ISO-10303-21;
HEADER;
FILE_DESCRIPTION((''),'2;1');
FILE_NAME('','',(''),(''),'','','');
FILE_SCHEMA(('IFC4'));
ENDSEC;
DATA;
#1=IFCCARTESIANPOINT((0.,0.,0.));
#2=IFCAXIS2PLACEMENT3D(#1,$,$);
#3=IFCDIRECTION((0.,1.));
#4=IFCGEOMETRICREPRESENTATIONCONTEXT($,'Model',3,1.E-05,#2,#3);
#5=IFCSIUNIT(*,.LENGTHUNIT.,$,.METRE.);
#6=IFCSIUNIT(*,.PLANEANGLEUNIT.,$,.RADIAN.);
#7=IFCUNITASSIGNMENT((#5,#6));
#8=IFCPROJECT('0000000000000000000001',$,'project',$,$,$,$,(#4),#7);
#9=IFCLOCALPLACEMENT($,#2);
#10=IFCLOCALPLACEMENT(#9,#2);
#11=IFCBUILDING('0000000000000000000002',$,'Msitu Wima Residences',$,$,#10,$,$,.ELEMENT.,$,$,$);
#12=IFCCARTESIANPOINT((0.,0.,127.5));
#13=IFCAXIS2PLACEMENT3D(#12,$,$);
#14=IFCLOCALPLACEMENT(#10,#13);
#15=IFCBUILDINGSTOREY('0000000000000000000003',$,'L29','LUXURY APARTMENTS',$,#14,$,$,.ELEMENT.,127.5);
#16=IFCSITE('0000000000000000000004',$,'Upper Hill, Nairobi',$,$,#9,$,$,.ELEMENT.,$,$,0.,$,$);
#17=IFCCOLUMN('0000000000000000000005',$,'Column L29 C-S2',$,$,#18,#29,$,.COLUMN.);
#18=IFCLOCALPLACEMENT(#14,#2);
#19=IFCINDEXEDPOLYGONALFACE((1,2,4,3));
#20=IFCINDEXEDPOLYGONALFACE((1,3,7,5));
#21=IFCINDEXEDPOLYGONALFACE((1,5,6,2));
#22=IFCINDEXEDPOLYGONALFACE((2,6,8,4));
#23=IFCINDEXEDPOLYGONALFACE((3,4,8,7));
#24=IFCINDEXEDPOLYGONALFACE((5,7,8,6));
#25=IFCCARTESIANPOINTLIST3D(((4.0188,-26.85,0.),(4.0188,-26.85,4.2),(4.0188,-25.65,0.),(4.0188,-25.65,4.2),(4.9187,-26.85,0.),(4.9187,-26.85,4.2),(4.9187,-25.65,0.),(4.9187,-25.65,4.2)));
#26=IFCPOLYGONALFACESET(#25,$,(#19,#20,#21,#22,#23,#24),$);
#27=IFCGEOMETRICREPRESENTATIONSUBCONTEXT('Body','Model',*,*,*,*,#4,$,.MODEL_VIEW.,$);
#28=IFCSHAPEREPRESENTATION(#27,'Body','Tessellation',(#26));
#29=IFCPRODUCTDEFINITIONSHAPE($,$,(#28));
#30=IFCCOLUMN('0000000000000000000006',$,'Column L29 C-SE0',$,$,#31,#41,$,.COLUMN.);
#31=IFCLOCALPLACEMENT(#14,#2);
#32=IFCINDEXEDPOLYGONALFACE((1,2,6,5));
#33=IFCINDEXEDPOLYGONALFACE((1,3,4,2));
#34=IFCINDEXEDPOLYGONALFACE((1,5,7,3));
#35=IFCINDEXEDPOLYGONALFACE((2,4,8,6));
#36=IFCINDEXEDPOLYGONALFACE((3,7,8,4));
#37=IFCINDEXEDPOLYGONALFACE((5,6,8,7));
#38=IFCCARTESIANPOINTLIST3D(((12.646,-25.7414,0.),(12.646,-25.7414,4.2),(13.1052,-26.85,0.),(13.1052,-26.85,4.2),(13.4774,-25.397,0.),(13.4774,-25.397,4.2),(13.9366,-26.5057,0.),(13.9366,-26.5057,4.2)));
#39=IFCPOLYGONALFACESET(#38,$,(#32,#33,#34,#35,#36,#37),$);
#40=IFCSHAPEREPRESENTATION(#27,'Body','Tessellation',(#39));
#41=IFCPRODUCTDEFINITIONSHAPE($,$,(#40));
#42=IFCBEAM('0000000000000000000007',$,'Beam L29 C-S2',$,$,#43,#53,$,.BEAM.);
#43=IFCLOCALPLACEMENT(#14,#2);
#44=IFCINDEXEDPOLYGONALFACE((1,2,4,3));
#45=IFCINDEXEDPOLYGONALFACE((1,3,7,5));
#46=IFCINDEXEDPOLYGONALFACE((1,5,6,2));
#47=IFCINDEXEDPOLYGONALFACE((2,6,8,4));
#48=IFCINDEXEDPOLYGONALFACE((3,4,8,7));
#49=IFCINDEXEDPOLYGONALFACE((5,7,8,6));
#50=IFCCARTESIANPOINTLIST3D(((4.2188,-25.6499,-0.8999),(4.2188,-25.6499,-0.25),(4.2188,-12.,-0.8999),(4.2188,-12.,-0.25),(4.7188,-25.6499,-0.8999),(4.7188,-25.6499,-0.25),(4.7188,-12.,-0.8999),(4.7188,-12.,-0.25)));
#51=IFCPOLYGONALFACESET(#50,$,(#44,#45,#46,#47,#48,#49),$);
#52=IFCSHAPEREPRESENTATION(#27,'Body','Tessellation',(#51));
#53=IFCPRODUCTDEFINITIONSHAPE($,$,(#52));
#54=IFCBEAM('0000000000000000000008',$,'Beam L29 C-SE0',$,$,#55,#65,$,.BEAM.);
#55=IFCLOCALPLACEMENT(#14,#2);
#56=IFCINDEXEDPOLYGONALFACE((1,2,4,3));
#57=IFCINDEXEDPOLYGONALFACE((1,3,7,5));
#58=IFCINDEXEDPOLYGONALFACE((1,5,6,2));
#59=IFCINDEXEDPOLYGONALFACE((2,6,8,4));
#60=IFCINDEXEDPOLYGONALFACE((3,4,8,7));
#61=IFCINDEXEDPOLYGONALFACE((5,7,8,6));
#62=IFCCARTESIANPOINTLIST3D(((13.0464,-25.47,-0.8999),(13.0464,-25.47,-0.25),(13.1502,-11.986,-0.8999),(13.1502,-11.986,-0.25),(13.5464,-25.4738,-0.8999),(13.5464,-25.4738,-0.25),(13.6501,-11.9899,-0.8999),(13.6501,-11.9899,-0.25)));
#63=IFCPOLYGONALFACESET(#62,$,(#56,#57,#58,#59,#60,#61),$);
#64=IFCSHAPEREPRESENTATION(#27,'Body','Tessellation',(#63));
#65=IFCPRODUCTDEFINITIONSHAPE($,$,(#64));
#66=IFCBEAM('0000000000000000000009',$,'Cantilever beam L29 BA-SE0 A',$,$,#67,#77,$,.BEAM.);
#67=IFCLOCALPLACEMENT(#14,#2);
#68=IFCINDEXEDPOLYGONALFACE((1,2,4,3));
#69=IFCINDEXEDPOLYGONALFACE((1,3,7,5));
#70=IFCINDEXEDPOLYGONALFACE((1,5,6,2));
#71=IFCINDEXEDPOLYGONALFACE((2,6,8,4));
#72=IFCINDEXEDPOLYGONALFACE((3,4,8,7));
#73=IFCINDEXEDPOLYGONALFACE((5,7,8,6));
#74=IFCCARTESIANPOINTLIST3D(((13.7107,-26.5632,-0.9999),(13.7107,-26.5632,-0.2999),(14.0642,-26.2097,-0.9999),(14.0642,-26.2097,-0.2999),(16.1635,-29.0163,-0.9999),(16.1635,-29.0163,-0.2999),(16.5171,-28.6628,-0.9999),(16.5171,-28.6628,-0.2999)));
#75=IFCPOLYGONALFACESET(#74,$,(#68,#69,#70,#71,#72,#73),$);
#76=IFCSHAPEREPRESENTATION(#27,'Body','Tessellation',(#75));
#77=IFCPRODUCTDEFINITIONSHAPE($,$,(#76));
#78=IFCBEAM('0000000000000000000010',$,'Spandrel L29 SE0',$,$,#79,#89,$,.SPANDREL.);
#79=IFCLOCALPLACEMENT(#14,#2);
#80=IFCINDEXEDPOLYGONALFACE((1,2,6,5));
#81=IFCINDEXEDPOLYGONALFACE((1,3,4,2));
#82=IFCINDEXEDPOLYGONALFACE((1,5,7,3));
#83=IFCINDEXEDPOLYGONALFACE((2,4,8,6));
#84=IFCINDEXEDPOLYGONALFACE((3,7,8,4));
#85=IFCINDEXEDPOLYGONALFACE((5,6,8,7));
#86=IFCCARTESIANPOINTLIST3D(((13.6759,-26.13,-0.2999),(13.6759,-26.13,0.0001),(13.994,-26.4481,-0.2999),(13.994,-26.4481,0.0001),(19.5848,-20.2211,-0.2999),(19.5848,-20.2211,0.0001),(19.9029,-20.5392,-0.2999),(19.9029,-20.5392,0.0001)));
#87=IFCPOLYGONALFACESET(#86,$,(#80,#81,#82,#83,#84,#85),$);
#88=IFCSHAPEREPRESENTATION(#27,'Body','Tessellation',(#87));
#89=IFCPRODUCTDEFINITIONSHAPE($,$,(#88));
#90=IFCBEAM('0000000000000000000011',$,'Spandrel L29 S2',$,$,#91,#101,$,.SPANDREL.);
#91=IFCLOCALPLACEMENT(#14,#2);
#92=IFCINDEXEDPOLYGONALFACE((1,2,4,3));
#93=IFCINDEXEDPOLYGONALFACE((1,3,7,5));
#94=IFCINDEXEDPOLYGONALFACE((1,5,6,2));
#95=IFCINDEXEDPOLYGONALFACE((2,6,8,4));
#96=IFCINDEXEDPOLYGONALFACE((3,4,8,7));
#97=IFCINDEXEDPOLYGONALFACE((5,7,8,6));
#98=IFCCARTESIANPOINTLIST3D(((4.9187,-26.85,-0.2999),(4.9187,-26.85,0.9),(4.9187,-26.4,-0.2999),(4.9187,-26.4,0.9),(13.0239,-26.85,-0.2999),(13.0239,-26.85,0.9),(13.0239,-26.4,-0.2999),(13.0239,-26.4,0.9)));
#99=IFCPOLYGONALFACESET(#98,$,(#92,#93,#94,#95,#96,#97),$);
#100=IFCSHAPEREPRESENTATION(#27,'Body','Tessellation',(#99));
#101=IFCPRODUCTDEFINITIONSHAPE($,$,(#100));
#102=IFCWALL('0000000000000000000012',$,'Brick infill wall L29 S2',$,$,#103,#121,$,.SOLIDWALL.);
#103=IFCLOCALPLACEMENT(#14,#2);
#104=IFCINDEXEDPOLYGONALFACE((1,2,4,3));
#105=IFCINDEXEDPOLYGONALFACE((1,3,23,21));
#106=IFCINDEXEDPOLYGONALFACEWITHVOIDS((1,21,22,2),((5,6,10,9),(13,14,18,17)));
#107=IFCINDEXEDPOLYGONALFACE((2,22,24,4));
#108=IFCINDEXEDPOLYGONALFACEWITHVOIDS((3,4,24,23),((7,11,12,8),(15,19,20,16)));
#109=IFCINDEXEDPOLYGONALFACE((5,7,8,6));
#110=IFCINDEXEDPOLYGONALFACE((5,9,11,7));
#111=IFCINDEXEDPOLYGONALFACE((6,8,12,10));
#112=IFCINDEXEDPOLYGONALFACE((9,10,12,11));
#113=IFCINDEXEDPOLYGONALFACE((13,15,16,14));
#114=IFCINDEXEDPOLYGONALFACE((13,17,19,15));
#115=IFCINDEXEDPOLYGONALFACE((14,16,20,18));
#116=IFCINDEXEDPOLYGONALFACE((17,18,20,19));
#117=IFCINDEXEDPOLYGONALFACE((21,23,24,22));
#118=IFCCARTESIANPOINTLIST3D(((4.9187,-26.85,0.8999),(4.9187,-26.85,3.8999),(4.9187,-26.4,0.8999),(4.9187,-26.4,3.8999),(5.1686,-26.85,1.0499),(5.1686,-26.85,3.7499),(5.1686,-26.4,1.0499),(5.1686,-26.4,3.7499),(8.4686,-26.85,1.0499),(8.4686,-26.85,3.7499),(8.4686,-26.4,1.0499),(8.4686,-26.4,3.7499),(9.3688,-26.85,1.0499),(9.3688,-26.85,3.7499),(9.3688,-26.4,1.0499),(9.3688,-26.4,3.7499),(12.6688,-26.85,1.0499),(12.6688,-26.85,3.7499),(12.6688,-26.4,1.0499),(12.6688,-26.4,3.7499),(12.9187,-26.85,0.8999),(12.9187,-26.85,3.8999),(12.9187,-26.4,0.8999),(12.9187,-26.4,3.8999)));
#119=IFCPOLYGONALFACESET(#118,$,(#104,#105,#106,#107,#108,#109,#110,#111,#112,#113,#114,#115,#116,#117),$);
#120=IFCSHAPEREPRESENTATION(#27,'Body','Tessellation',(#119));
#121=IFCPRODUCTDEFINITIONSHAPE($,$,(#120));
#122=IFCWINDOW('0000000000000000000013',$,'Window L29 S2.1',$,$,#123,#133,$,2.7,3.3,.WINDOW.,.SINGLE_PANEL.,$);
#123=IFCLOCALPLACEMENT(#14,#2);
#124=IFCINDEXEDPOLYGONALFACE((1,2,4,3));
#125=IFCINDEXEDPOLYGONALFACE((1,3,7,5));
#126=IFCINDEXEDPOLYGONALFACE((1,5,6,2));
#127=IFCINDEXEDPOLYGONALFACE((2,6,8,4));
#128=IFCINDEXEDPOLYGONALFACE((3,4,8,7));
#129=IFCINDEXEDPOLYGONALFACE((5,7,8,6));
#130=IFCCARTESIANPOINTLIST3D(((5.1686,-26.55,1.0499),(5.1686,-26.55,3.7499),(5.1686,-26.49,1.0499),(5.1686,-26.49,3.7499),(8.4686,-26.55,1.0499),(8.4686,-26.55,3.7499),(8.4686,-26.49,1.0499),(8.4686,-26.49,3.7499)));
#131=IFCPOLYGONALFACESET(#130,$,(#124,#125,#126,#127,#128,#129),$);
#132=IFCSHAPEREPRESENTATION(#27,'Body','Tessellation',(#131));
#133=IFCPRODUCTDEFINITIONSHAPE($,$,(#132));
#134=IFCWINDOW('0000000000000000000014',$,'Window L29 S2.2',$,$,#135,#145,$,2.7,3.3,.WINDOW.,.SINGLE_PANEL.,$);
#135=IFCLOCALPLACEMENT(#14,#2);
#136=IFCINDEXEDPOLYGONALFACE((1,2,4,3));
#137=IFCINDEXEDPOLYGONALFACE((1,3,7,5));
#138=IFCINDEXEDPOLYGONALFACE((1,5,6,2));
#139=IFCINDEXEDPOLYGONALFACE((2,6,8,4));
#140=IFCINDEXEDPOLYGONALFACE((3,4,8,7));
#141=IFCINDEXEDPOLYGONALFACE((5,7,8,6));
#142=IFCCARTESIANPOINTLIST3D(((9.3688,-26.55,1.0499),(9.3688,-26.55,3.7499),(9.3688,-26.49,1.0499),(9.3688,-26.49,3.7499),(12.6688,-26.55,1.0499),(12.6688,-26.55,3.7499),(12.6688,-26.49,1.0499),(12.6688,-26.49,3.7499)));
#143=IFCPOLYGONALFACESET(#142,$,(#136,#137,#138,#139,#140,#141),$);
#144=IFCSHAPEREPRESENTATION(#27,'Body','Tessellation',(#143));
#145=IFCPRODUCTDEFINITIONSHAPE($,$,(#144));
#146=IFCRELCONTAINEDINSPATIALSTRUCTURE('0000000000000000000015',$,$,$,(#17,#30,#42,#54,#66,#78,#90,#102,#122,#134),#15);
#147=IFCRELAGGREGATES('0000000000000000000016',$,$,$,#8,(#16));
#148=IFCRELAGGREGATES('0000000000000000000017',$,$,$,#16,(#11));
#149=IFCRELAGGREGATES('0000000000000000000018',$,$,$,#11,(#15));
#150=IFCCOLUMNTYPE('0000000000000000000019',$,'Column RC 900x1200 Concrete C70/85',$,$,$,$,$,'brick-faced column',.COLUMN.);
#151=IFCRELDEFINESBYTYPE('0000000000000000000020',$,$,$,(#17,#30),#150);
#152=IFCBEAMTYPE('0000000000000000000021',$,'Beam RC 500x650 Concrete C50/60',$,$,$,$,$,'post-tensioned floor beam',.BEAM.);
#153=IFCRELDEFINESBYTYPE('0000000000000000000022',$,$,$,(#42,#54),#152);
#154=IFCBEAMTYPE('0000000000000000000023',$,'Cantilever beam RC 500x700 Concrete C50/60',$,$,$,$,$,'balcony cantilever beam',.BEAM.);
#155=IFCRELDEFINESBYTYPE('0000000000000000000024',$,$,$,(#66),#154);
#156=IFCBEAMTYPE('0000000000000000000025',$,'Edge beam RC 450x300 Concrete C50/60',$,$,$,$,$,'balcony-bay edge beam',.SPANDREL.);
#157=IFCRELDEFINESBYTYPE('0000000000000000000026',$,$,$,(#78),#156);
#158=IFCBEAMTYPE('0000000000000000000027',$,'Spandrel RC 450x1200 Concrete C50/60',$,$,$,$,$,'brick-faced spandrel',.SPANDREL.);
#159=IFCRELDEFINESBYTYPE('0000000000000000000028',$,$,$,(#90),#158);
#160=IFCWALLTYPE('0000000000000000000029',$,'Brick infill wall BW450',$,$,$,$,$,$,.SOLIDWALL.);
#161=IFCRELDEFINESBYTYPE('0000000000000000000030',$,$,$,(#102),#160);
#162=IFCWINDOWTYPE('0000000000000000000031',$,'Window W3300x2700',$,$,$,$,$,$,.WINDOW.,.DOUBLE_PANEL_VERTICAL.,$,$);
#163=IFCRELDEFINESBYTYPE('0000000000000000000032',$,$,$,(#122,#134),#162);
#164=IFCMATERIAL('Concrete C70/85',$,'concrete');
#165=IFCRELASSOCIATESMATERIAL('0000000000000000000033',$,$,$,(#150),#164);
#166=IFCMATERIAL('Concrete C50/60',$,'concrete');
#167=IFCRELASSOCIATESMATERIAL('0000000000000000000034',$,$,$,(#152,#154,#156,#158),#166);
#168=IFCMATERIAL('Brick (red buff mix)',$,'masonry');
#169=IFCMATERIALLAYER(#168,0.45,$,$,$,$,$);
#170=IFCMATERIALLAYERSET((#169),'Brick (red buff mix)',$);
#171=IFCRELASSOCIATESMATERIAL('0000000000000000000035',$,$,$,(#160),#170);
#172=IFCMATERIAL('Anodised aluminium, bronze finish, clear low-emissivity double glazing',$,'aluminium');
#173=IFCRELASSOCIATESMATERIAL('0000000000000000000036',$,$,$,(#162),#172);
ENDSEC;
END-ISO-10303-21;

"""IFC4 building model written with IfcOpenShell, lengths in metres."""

from ifc_helpers import new_model, si_unit, direction, frame, frame_2d, origin, origin_2d, place, context, subcontext, project, spatial, rectangle, extrude, material, layer, layer_set, material_profile, profile_set, type_object, element, fill, save


model = new_model("IFC4")

# Units and contexts
model_context = context("Model", 3, precision=1e-05, world=origin(), true_north=direction((0.0, 1.0)))
body_context = subcontext(model_context, "Body", "Model", "MODEL_VIEW")
ifc_project = project(units=[si_unit("LENGTHUNIT", "METRE"), si_unit("PLANEANGLEUNIT", "RADIAN")], contexts=[model_context])

# Site, building, storey
site_placement = place(None, origin())
site = spatial("IfcSite", under=ifc_project, at=site_placement, Name="Upper Hill, Nairobi", CompositionType="ELEMENT", RefElevation=0.0)
building_placement = place(site_placement, origin())
building = spatial("IfcBuilding", under=site, at=building_placement, Name="Msitu Wima Residences", CompositionType="ELEMENT")
storey_placement = place(building_placement, frame((0.0, 0.0, 127.5)))
storey = spatial("IfcBuildingStorey", under=building, at=storey_placement, Name="L29", Description="LUXURY APARTMENTS", CompositionType="ELEMENT", Elevation=127.5)

# Columns
ifc_material_1 = material(Name="Concrete C70/85", Category="concrete")
ifc_material_profile_1 = material_profile(ifc_material_1, rectangle(XDim=0.8999, YDim=1.2, at=origin_2d()), Name="RC 900x1200")
ifc_profile_set_1 = profile_set([ifc_material_profile_1], Name="Concrete C70/85")
column_type = type_object("IfcColumnType", Name="Column RC 900x1200 Concrete C70/85", ElementType="brick-faced column", PredefinedType="COLUMN", material=ifc_profile_set_1)
for number, where, z_axis, x_axis, name in (
    (1, (4.4688, -26.25, 0.0), (0.0, 0.0, 1.0), (1.0, 0.0, 0.0), "Column L29 C-S2"),
    (2, (13.2913, -26.1235, 0.0), (0.0, 0.0, 1.0), (0.92388, 0.382683, 0.0), "Column L29 C-SE0"),
):
    element("IfcColumn", number, at=place(storey_placement, frame(where, z_axis=z_axis, x_axis=x_axis)), inside=storey, type_object=column_type, Name=name, PredefinedType="COLUMN", context=body_context, shape_type="SweptSolid", body=[
        extrude(rectangle(XDim=0.8999, YDim=1.2, at=origin_2d()), origin(), (0.0, 0.0, 1.0), 4.2),
    ])

# Beams
ifc_material_2 = material(Name="Concrete C50/60", Category="concrete")
ifc_material_profile_2 = material_profile(ifc_material_2, rectangle(XDim=0.5, YDim=0.6499, at=origin_2d()), Name="RC 500x650")
ifc_profile_set_2 = profile_set([ifc_material_profile_2], Name="Concrete C50/60")
beam_type_1 = type_object("IfcBeamType", Name="Beam RC 500x650 Concrete C50/60", ElementType="post-tensioned floor beam", PredefinedType="BEAM", material=ifc_profile_set_2)
beam_1_placement = place(storey_placement, frame((4.4688, -25.6499, -0.575), z_axis=(0.0, 1.0, 0.0), x_axis=(-1.0, 0.0, 0.0)))
element("IfcBeam", 3, at=beam_1_placement, inside=storey, type_object=beam_type_1, Name="Beam L29 C-S2", PredefinedType="BEAM", context=body_context, shape_type="SweptSolid", body=[
    extrude(rectangle(XDim=0.5, YDim=0.6499, at=origin_2d()), origin(), (0.0, 0.0, 1.0), 13.6499),
])
beam_2_placement = place(storey_placement, frame((13.2964, -25.4719, -0.575), z_axis=(0.007695, 0.99997, 0.0), x_axis=(-0.99997, 0.007695, 0.0)))
element("IfcBeam", 4, at=beam_2_placement, inside=storey, type_object=beam_type_1, Name="Beam L29 C-SE0", PredefinedType="BEAM", context=body_context, shape_type="SweptSolid", body=[
    extrude(rectangle(XDim=0.5, YDim=0.6499, at=origin_2d()), origin(), (0.0, 0.0, 1.0), 13.4844),
])
ifc_material_profile_3 = material_profile(ifc_material_2, rectangle(XDim=0.5, YDim=0.7, at=origin_2d()), Name="RC 500x700")
ifc_profile_set_3 = profile_set([ifc_material_profile_3], Name="Concrete C50/60")
beam_type_2 = type_object("IfcBeamType", Name="Cantilever beam RC 500x700 Concrete C50/60", ElementType="balcony cantilever beam", PredefinedType="BEAM", material=ifc_profile_set_3)
beam_3_placement = place(storey_placement, frame((13.8875, -26.3865, -0.6499), z_axis=(0.707072, -0.707142, 0.0), x_axis=(0.707142, 0.707072, 0.0)))
element("IfcBeam", 5, at=beam_3_placement, inside=storey, type_object=beam_type_2, Name="Cantilever beam L29 BA-SE0 A", PredefinedType="BEAM", context=body_context, shape_type="SweptSolid", body=[
    extrude(rectangle(XDim=0.5, YDim=0.7, at=origin_2d()), origin(), (0.0, 0.0, 1.0), 3.469),
])
ifc_material_profile_4 = material_profile(ifc_material_2, rectangle(XDim=0.45, YDim=0.3, at=origin_2d()), Name="RC 450x300")
ifc_profile_set_4 = profile_set([ifc_material_profile_4], Name="Concrete C50/60")
beam_type_3 = type_object("IfcBeamType", Name="Edge beam RC 450x300 Concrete C50/60", ElementType="balcony-bay edge beam", PredefinedType="SPANDREL", material=ifc_profile_set_4)
beam_4_placement = place(storey_placement, frame((13.835, -26.2891, -0.1499), z_axis=(0.707107, 0.707107, 0.0), x_axis=(-0.707107, 0.707107, 0.0)))
element("IfcBeam", 6, at=beam_4_placement, inside=storey, type_object=beam_type_3, Name="Spandrel L29 SE0", PredefinedType="SPANDREL", context=body_context, shape_type="SweptSolid", body=[
    extrude(rectangle(XDim=0.45, YDim=0.3, at=origin_2d()), origin(), (0.0, 0.0, 1.0), 8.3564),
])
ifc_material_profile_5 = material_profile(ifc_material_2, rectangle(XDim=0.45, YDim=1.2, at=origin_2d()), Name="RC 450x1200")
ifc_profile_set_5 = profile_set([ifc_material_profile_5], Name="Concrete C50/60")
beam_type_4 = type_object("IfcBeamType", Name="Spandrel RC 450x1200 Concrete C50/60", ElementType="brick-faced spandrel", PredefinedType="SPANDREL", material=ifc_profile_set_5)
beam_5_placement = place(storey_placement, frame((4.9187, -26.625, 0.3), z_axis=(1.0, 0.0, 0.0), x_axis=(0.0, 1.0, 0.0)))
element("IfcBeam", 7, at=beam_5_placement, inside=storey, type_object=beam_type_4, Name="Spandrel L29 S2", PredefinedType="SPANDREL", context=body_context, shape_type="SweptSolid", body=[
    extrude(rectangle(XDim=0.45, YDim=1.2, at=origin_2d()), origin(), (0.0, 0.0, 1.0), 8.1052),
])

# Wall, openings, windows
ifc_material_3 = material(Name="Brick (red buff mix)", Category="masonry")
ifc_layer_1 = layer(ifc_material_3, 0.45)
ifc_layer_set_1 = layer_set([ifc_layer_1], Name="Brick (red buff mix)")
wall_type_1 = type_object("IfcWallType", Name="Brick infill wall BW450", PredefinedType="SOLIDWALL", material=ifc_layer_set_1)
wall_1_placement = place(storey_placement, frame((4.9187, -26.625, 0.8999), z_axis=(0.0, 0.0, 1.0), x_axis=(1.0, 0.0, 0.0)))
wall_1 = element("IfcWall", 8, at=wall_1_placement, inside=storey, type_object=wall_type_1, Name="Brick infill wall L29 S2", PredefinedType="SOLIDWALL", context=body_context, shape_type="SweptSolid", body=[
    extrude(rectangle(XDim=8.0, YDim=0.45, at=frame_2d((4.0, 0.0))), origin(), (0.0, 0.0, 1.0), 3.0),
])
opening_1_placement = place(wall_1_placement, frame((0.25, 0.0, 0.1499)))
opening_1 = element("IfcOpeningElement", 9, at=opening_1_placement, cuts=wall_1, PredefinedType="OPENING", context=body_context, shape_type="SweptSolid", body=[
    extrude(rectangle(XDim=3.3, YDim=2.7, at=frame_2d((1.6499, 1.3501))), frame((0.0, 0.2349, 0.0), z_axis=(0.0, -1.0, 0.0), x_axis=(1.0, 0.0, 0.0)), (0.0, 0.0, 1.0), 0.47),
])
opening_2_placement = place(wall_1_placement, frame((4.4502, 0.0, 0.1499)))
opening_2 = element("IfcOpeningElement", 10, at=opening_2_placement, cuts=wall_1, PredefinedType="OPENING", context=body_context, shape_type="SweptSolid", body=[
    extrude(rectangle(XDim=3.3, YDim=2.7, at=frame_2d((1.6499, 1.3501))), frame((0.0, 0.2349, 0.0), z_axis=(0.0, -1.0, 0.0), x_axis=(1.0, 0.0, 0.0)), (0.0, 0.0, 1.0), 0.47),
])
ifc_material_4 = material(Name="Anodised aluminium, bronze finish, clear low-emissivity double glazing", Category="aluminium")
window_type = type_object("IfcWindowType", Name="Window W3300x2700", PartitioningType="DOUBLE_PANEL_VERTICAL", PredefinedType="WINDOW", material=ifc_material_4)
window_1_placement = place(opening_1_placement, origin())
window_1 = element("IfcWindow", 11, at=window_1_placement, inside=storey, type_object=window_type, Name="Window L29 S2.1", OverallHeight=2.7, OverallWidth=3.3, PartitioningType="SINGLE_PANEL", PredefinedType="WINDOW", context=body_context, shape_type="SweptSolid", body=[
    extrude(rectangle(XDim=3.3, YDim=2.7, at=frame_2d((1.6499, 1.3501))), frame((0.0, 0.135, 0.0), z_axis=(0.0, -1.0, 0.0), x_axis=(1.0, 0.0, 0.0)), (0.0, 0.0, 1.0), 0.0601),
])
fill(opening_1, window_1)
window_2_placement = place(opening_2_placement, origin())
window_2 = element("IfcWindow", 12, at=window_2_placement, inside=storey, type_object=window_type, Name="Window L29 S2.2", OverallHeight=2.7, OverallWidth=3.3, PartitioningType="SINGLE_PANEL", PredefinedType="WINDOW", context=body_context, shape_type="SweptSolid", body=[
    extrude(rectangle(XDim=3.3, YDim=2.7, at=frame_2d((1.6499, 1.3501))), frame((0.0, 0.135, 0.0), z_axis=(0.0, -1.0, 0.0), x_axis=(1.0, 0.0, 0.0)), (0.0, 0.0, 1.0), 0.0601),
])
fill(opening_2, window_2)

save(model, "model.ifc")
